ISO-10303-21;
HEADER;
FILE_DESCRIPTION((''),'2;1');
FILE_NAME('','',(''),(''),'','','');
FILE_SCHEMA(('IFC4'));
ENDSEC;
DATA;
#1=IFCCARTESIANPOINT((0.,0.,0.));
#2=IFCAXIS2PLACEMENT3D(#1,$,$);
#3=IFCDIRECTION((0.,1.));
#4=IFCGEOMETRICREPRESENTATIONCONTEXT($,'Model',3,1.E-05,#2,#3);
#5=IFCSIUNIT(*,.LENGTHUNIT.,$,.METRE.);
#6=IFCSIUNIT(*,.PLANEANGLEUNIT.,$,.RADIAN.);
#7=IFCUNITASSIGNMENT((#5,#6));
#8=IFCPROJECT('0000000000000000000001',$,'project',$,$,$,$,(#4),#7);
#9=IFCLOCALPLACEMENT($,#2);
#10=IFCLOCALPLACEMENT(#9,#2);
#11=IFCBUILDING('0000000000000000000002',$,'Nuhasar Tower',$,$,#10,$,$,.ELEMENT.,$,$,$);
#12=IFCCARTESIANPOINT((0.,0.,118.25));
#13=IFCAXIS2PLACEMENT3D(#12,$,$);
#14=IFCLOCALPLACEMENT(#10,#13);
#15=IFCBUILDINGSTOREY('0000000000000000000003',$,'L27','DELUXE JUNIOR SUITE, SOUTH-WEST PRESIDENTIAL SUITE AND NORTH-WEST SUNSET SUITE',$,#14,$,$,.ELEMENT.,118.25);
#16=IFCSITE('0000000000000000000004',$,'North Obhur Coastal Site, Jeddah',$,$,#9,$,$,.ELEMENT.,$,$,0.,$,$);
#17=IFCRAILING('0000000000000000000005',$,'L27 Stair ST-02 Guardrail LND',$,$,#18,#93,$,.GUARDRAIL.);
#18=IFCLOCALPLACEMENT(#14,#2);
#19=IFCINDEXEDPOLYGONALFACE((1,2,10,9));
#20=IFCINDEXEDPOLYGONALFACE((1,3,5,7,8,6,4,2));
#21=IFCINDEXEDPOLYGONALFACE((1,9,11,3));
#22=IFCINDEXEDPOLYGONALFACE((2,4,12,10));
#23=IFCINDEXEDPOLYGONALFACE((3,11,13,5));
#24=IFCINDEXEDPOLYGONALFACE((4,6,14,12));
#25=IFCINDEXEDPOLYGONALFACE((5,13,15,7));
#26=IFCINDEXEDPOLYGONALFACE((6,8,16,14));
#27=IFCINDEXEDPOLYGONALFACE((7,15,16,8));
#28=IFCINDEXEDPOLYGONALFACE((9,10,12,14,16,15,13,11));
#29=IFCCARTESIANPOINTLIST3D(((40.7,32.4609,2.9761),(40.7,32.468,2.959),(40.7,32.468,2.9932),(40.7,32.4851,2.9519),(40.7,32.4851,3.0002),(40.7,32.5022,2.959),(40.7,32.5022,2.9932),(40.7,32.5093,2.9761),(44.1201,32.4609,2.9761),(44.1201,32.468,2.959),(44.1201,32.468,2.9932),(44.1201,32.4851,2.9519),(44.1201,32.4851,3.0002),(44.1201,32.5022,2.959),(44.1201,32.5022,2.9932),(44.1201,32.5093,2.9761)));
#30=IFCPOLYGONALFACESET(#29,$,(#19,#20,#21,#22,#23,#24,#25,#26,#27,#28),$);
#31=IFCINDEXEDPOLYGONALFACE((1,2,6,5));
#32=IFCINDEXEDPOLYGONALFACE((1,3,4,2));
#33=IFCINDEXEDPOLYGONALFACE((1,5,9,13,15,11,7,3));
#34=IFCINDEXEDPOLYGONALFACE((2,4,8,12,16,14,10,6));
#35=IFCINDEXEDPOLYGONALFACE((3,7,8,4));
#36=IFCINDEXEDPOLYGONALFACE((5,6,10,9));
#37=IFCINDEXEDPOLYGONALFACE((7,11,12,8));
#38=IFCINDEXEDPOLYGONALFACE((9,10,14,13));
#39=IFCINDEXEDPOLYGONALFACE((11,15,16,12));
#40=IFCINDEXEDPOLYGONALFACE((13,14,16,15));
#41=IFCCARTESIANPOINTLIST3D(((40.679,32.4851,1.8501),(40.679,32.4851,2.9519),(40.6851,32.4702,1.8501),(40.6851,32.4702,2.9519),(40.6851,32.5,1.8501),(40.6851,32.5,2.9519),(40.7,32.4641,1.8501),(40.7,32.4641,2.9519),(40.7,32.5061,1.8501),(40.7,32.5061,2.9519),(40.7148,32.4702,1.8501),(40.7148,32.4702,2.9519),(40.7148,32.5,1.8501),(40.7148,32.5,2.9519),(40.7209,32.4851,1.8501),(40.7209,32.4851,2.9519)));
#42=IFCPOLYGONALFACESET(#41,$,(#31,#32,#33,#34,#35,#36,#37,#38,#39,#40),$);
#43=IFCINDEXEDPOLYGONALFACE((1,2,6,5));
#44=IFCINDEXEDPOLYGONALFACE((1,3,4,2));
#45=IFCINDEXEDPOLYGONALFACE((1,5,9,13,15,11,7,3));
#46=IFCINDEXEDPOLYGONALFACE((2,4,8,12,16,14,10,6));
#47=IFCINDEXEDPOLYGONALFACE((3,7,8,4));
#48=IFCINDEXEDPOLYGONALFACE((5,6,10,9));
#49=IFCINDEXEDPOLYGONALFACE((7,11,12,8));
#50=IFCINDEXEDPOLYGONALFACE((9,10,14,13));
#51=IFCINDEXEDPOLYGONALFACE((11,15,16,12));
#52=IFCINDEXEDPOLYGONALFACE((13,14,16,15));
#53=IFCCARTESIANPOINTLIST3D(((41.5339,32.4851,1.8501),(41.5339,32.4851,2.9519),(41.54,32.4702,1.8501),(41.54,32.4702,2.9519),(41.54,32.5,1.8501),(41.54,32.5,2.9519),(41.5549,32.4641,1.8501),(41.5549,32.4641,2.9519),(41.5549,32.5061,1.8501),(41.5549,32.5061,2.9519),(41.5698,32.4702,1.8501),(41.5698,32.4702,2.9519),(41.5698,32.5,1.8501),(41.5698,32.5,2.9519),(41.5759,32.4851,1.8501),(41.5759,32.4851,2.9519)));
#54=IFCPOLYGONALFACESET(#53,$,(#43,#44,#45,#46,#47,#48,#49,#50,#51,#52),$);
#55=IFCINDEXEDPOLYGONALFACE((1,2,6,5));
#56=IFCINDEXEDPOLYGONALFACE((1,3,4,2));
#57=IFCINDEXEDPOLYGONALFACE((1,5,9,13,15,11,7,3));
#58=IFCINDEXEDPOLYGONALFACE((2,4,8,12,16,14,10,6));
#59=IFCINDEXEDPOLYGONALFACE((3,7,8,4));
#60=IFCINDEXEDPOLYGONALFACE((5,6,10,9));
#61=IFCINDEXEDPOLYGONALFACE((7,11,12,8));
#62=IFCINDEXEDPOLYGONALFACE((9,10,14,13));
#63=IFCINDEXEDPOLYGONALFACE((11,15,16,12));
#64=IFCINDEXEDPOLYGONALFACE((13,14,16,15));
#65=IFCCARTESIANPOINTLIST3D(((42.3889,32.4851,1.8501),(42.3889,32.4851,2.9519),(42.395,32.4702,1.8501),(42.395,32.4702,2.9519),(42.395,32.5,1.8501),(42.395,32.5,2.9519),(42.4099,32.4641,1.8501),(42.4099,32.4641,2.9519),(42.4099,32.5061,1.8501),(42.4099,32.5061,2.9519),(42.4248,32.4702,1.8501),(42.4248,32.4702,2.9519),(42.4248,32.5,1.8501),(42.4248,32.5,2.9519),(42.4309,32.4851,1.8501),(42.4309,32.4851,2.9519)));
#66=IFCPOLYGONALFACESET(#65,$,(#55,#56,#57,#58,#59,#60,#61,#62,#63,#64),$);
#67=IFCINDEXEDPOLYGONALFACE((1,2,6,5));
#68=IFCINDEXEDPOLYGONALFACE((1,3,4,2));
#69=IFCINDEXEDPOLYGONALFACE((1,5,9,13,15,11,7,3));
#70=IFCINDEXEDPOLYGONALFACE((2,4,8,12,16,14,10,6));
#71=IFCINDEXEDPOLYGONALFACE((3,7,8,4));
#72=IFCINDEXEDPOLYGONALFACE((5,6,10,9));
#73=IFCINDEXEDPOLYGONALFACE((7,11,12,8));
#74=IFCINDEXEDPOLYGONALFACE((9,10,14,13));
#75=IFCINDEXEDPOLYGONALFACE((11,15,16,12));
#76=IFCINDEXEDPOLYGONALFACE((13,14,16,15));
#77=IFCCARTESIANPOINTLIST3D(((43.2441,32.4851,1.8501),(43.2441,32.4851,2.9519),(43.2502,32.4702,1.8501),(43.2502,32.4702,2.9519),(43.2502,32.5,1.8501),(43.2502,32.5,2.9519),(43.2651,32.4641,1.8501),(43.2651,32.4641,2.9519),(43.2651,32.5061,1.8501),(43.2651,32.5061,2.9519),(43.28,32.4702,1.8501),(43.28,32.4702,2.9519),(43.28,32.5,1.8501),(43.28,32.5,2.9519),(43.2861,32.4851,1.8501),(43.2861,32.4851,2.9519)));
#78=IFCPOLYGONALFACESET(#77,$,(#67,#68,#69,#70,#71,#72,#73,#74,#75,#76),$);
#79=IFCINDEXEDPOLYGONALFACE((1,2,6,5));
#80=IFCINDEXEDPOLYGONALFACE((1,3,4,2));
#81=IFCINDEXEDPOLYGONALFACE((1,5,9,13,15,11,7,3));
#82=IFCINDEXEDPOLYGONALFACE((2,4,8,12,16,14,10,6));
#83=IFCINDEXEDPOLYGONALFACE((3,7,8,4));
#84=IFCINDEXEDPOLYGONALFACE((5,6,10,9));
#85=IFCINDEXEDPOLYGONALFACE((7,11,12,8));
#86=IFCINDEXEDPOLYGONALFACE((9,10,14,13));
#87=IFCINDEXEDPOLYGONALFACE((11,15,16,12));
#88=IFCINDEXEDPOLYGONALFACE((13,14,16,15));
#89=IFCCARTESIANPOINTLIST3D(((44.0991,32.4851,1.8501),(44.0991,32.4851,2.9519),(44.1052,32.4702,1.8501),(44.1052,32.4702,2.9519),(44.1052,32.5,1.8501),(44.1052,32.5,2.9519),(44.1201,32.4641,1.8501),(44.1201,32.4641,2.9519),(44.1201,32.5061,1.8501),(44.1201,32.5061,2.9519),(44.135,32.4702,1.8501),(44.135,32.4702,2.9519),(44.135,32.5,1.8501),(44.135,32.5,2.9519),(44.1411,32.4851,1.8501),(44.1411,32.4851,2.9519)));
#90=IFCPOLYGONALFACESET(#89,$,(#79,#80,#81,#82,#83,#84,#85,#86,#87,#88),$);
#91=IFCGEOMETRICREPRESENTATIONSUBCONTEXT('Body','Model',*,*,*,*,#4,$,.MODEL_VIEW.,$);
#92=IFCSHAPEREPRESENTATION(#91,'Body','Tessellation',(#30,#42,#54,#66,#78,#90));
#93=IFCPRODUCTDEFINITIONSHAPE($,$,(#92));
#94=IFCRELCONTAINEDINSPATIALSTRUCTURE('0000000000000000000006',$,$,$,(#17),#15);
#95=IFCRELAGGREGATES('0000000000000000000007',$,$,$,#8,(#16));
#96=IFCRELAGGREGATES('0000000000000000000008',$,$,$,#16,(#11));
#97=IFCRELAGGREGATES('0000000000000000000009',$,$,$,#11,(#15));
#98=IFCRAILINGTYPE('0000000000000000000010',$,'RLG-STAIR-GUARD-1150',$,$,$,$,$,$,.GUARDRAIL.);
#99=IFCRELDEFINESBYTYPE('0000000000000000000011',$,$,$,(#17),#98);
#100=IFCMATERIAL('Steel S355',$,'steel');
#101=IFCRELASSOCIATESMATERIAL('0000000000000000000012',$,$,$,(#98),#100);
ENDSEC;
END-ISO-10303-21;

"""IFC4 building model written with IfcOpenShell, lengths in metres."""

from ifc_helpers import new_model, si_unit, direction, frame, origin, place, context, subcontext, project, spatial, polyline, outline, extrude, material, type_object, element, save


model = new_model("IFC4")

# Units and contexts
model_context = context("Model", 3, precision=1e-05, world=origin(), true_north=direction((0.0, 1.0)))
body_context = subcontext(model_context, "Body", "Model", "MODEL_VIEW")
ifc_project = project(units=[si_unit("LENGTHUNIT", "METRE"), si_unit("PLANEANGLEUNIT", "RADIAN")], contexts=[model_context])

# Site, building, storey
site_placement = place(None, origin())
site = spatial("IfcSite", under=ifc_project, at=site_placement, Name="North Obhur Coastal Site, Jeddah", CompositionType="ELEMENT", RefElevation=0.0)
building_placement = place(site_placement, origin())
building = spatial("IfcBuilding", under=site, at=building_placement, Name="Nuhasar Tower", CompositionType="ELEMENT")
storey_placement = place(building_placement, frame((0.0, 0.0, 118.25)))
storey = spatial("IfcBuildingStorey", under=building, at=storey_placement, Name="L27", Description="DELUXE JUNIOR SUITE, SOUTH-WEST PRESIDENTIAL SUITE AND NORTH-WEST SUNSET SUITE", CompositionType="ELEMENT", Elevation=118.25)

# Shared definitions
ifc_material_1 = material(Name="Steel S355", Category="steel")

# Railing
railing_type_1 = type_object("IfcRailingType", Name="RLG-STAIR-GUARD-1150", PredefinedType="GUARDRAIL", material=ifc_material_1)
railing_1_placement = place(storey_placement, frame((40.7, 32.4851, 1.8501)))
element("IfcRailing", 1, at=railing_1_placement, inside=storey, type_object=railing_type_1, Name="L27 Stair ST-02 Guardrail LND", PredefinedType="GUARDRAIL", context=body_context, shape_type="SweptSolid", body=[
    extrude(outline(polyline([(0.0242, 0.0), (0.0171, 0.0171), (0.0, 0.0242), (-0.0171, 0.0171), (-0.0242, 0.0), (-0.0171, -0.0171), (0.0, -0.0242), (0.0171, -0.0171), (0.0242, 0.0)])), frame((0.0, 0.0, 1.126), z_axis=(1.0, 0.0, 0.0), x_axis=(0.0, 1.0, 0.0)), (0.0, 0.0, 1.0), 3.4202),
    extrude(outline(polyline([(0.021, 0.0), (0.0149, 0.0149), (0.0, 0.021), (-0.0149, 0.0149), (-0.021, 0.0), (-0.0149, -0.0149), (0.0, -0.021), (0.0149, -0.0149), (0.021, 0.0)])), origin(), (0.0, 0.0, 1.0), 1.1018),
    extrude(outline(polyline([(0.021, 0.0), (0.0149, 0.0149), (0.0, 0.021), (-0.0149, 0.0149), (-0.021, 0.0), (-0.0149, -0.0149), (0.0, -0.021), (0.0149, -0.0149), (0.021, 0.0)])), frame((0.855, 0.0, 0.0)), (0.0, 0.0, 1.0), 1.1018),
    extrude(outline(polyline([(0.021, 0.0), (0.0149, 0.0149), (0.0, 0.021), (-0.0149, 0.0149), (-0.021, 0.0), (-0.0149, -0.0149), (0.0, -0.021), (0.0149, -0.0149), (0.021, 0.0)])), frame((1.71, 0.0, 0.0)), (0.0, 0.0, 1.0), 1.1018),
    extrude(outline(polyline([(0.021, 0.0), (0.0149, 0.0149), (0.0, 0.021), (-0.0149, 0.0149), (-0.021, 0.0), (-0.0149, -0.0149), (0.0, -0.021), (0.0149, -0.0149), (0.021, 0.0)])), frame((2.5652, 0.0, 0.0)), (0.0, 0.0, 1.0), 1.1018),
    extrude(outline(polyline([(0.021, 0.0), (0.0149, 0.0149), (0.0, 0.021), (-0.0149, 0.0149), (-0.021, 0.0), (-0.0149, -0.0149), (0.0, -0.021), (0.0149, -0.0149), (0.021, 0.0)])), frame((3.4202, 0.0, 0.0)), (0.0, 0.0, 1.0), 1.1018),
])

save(model, "model.ifc")
